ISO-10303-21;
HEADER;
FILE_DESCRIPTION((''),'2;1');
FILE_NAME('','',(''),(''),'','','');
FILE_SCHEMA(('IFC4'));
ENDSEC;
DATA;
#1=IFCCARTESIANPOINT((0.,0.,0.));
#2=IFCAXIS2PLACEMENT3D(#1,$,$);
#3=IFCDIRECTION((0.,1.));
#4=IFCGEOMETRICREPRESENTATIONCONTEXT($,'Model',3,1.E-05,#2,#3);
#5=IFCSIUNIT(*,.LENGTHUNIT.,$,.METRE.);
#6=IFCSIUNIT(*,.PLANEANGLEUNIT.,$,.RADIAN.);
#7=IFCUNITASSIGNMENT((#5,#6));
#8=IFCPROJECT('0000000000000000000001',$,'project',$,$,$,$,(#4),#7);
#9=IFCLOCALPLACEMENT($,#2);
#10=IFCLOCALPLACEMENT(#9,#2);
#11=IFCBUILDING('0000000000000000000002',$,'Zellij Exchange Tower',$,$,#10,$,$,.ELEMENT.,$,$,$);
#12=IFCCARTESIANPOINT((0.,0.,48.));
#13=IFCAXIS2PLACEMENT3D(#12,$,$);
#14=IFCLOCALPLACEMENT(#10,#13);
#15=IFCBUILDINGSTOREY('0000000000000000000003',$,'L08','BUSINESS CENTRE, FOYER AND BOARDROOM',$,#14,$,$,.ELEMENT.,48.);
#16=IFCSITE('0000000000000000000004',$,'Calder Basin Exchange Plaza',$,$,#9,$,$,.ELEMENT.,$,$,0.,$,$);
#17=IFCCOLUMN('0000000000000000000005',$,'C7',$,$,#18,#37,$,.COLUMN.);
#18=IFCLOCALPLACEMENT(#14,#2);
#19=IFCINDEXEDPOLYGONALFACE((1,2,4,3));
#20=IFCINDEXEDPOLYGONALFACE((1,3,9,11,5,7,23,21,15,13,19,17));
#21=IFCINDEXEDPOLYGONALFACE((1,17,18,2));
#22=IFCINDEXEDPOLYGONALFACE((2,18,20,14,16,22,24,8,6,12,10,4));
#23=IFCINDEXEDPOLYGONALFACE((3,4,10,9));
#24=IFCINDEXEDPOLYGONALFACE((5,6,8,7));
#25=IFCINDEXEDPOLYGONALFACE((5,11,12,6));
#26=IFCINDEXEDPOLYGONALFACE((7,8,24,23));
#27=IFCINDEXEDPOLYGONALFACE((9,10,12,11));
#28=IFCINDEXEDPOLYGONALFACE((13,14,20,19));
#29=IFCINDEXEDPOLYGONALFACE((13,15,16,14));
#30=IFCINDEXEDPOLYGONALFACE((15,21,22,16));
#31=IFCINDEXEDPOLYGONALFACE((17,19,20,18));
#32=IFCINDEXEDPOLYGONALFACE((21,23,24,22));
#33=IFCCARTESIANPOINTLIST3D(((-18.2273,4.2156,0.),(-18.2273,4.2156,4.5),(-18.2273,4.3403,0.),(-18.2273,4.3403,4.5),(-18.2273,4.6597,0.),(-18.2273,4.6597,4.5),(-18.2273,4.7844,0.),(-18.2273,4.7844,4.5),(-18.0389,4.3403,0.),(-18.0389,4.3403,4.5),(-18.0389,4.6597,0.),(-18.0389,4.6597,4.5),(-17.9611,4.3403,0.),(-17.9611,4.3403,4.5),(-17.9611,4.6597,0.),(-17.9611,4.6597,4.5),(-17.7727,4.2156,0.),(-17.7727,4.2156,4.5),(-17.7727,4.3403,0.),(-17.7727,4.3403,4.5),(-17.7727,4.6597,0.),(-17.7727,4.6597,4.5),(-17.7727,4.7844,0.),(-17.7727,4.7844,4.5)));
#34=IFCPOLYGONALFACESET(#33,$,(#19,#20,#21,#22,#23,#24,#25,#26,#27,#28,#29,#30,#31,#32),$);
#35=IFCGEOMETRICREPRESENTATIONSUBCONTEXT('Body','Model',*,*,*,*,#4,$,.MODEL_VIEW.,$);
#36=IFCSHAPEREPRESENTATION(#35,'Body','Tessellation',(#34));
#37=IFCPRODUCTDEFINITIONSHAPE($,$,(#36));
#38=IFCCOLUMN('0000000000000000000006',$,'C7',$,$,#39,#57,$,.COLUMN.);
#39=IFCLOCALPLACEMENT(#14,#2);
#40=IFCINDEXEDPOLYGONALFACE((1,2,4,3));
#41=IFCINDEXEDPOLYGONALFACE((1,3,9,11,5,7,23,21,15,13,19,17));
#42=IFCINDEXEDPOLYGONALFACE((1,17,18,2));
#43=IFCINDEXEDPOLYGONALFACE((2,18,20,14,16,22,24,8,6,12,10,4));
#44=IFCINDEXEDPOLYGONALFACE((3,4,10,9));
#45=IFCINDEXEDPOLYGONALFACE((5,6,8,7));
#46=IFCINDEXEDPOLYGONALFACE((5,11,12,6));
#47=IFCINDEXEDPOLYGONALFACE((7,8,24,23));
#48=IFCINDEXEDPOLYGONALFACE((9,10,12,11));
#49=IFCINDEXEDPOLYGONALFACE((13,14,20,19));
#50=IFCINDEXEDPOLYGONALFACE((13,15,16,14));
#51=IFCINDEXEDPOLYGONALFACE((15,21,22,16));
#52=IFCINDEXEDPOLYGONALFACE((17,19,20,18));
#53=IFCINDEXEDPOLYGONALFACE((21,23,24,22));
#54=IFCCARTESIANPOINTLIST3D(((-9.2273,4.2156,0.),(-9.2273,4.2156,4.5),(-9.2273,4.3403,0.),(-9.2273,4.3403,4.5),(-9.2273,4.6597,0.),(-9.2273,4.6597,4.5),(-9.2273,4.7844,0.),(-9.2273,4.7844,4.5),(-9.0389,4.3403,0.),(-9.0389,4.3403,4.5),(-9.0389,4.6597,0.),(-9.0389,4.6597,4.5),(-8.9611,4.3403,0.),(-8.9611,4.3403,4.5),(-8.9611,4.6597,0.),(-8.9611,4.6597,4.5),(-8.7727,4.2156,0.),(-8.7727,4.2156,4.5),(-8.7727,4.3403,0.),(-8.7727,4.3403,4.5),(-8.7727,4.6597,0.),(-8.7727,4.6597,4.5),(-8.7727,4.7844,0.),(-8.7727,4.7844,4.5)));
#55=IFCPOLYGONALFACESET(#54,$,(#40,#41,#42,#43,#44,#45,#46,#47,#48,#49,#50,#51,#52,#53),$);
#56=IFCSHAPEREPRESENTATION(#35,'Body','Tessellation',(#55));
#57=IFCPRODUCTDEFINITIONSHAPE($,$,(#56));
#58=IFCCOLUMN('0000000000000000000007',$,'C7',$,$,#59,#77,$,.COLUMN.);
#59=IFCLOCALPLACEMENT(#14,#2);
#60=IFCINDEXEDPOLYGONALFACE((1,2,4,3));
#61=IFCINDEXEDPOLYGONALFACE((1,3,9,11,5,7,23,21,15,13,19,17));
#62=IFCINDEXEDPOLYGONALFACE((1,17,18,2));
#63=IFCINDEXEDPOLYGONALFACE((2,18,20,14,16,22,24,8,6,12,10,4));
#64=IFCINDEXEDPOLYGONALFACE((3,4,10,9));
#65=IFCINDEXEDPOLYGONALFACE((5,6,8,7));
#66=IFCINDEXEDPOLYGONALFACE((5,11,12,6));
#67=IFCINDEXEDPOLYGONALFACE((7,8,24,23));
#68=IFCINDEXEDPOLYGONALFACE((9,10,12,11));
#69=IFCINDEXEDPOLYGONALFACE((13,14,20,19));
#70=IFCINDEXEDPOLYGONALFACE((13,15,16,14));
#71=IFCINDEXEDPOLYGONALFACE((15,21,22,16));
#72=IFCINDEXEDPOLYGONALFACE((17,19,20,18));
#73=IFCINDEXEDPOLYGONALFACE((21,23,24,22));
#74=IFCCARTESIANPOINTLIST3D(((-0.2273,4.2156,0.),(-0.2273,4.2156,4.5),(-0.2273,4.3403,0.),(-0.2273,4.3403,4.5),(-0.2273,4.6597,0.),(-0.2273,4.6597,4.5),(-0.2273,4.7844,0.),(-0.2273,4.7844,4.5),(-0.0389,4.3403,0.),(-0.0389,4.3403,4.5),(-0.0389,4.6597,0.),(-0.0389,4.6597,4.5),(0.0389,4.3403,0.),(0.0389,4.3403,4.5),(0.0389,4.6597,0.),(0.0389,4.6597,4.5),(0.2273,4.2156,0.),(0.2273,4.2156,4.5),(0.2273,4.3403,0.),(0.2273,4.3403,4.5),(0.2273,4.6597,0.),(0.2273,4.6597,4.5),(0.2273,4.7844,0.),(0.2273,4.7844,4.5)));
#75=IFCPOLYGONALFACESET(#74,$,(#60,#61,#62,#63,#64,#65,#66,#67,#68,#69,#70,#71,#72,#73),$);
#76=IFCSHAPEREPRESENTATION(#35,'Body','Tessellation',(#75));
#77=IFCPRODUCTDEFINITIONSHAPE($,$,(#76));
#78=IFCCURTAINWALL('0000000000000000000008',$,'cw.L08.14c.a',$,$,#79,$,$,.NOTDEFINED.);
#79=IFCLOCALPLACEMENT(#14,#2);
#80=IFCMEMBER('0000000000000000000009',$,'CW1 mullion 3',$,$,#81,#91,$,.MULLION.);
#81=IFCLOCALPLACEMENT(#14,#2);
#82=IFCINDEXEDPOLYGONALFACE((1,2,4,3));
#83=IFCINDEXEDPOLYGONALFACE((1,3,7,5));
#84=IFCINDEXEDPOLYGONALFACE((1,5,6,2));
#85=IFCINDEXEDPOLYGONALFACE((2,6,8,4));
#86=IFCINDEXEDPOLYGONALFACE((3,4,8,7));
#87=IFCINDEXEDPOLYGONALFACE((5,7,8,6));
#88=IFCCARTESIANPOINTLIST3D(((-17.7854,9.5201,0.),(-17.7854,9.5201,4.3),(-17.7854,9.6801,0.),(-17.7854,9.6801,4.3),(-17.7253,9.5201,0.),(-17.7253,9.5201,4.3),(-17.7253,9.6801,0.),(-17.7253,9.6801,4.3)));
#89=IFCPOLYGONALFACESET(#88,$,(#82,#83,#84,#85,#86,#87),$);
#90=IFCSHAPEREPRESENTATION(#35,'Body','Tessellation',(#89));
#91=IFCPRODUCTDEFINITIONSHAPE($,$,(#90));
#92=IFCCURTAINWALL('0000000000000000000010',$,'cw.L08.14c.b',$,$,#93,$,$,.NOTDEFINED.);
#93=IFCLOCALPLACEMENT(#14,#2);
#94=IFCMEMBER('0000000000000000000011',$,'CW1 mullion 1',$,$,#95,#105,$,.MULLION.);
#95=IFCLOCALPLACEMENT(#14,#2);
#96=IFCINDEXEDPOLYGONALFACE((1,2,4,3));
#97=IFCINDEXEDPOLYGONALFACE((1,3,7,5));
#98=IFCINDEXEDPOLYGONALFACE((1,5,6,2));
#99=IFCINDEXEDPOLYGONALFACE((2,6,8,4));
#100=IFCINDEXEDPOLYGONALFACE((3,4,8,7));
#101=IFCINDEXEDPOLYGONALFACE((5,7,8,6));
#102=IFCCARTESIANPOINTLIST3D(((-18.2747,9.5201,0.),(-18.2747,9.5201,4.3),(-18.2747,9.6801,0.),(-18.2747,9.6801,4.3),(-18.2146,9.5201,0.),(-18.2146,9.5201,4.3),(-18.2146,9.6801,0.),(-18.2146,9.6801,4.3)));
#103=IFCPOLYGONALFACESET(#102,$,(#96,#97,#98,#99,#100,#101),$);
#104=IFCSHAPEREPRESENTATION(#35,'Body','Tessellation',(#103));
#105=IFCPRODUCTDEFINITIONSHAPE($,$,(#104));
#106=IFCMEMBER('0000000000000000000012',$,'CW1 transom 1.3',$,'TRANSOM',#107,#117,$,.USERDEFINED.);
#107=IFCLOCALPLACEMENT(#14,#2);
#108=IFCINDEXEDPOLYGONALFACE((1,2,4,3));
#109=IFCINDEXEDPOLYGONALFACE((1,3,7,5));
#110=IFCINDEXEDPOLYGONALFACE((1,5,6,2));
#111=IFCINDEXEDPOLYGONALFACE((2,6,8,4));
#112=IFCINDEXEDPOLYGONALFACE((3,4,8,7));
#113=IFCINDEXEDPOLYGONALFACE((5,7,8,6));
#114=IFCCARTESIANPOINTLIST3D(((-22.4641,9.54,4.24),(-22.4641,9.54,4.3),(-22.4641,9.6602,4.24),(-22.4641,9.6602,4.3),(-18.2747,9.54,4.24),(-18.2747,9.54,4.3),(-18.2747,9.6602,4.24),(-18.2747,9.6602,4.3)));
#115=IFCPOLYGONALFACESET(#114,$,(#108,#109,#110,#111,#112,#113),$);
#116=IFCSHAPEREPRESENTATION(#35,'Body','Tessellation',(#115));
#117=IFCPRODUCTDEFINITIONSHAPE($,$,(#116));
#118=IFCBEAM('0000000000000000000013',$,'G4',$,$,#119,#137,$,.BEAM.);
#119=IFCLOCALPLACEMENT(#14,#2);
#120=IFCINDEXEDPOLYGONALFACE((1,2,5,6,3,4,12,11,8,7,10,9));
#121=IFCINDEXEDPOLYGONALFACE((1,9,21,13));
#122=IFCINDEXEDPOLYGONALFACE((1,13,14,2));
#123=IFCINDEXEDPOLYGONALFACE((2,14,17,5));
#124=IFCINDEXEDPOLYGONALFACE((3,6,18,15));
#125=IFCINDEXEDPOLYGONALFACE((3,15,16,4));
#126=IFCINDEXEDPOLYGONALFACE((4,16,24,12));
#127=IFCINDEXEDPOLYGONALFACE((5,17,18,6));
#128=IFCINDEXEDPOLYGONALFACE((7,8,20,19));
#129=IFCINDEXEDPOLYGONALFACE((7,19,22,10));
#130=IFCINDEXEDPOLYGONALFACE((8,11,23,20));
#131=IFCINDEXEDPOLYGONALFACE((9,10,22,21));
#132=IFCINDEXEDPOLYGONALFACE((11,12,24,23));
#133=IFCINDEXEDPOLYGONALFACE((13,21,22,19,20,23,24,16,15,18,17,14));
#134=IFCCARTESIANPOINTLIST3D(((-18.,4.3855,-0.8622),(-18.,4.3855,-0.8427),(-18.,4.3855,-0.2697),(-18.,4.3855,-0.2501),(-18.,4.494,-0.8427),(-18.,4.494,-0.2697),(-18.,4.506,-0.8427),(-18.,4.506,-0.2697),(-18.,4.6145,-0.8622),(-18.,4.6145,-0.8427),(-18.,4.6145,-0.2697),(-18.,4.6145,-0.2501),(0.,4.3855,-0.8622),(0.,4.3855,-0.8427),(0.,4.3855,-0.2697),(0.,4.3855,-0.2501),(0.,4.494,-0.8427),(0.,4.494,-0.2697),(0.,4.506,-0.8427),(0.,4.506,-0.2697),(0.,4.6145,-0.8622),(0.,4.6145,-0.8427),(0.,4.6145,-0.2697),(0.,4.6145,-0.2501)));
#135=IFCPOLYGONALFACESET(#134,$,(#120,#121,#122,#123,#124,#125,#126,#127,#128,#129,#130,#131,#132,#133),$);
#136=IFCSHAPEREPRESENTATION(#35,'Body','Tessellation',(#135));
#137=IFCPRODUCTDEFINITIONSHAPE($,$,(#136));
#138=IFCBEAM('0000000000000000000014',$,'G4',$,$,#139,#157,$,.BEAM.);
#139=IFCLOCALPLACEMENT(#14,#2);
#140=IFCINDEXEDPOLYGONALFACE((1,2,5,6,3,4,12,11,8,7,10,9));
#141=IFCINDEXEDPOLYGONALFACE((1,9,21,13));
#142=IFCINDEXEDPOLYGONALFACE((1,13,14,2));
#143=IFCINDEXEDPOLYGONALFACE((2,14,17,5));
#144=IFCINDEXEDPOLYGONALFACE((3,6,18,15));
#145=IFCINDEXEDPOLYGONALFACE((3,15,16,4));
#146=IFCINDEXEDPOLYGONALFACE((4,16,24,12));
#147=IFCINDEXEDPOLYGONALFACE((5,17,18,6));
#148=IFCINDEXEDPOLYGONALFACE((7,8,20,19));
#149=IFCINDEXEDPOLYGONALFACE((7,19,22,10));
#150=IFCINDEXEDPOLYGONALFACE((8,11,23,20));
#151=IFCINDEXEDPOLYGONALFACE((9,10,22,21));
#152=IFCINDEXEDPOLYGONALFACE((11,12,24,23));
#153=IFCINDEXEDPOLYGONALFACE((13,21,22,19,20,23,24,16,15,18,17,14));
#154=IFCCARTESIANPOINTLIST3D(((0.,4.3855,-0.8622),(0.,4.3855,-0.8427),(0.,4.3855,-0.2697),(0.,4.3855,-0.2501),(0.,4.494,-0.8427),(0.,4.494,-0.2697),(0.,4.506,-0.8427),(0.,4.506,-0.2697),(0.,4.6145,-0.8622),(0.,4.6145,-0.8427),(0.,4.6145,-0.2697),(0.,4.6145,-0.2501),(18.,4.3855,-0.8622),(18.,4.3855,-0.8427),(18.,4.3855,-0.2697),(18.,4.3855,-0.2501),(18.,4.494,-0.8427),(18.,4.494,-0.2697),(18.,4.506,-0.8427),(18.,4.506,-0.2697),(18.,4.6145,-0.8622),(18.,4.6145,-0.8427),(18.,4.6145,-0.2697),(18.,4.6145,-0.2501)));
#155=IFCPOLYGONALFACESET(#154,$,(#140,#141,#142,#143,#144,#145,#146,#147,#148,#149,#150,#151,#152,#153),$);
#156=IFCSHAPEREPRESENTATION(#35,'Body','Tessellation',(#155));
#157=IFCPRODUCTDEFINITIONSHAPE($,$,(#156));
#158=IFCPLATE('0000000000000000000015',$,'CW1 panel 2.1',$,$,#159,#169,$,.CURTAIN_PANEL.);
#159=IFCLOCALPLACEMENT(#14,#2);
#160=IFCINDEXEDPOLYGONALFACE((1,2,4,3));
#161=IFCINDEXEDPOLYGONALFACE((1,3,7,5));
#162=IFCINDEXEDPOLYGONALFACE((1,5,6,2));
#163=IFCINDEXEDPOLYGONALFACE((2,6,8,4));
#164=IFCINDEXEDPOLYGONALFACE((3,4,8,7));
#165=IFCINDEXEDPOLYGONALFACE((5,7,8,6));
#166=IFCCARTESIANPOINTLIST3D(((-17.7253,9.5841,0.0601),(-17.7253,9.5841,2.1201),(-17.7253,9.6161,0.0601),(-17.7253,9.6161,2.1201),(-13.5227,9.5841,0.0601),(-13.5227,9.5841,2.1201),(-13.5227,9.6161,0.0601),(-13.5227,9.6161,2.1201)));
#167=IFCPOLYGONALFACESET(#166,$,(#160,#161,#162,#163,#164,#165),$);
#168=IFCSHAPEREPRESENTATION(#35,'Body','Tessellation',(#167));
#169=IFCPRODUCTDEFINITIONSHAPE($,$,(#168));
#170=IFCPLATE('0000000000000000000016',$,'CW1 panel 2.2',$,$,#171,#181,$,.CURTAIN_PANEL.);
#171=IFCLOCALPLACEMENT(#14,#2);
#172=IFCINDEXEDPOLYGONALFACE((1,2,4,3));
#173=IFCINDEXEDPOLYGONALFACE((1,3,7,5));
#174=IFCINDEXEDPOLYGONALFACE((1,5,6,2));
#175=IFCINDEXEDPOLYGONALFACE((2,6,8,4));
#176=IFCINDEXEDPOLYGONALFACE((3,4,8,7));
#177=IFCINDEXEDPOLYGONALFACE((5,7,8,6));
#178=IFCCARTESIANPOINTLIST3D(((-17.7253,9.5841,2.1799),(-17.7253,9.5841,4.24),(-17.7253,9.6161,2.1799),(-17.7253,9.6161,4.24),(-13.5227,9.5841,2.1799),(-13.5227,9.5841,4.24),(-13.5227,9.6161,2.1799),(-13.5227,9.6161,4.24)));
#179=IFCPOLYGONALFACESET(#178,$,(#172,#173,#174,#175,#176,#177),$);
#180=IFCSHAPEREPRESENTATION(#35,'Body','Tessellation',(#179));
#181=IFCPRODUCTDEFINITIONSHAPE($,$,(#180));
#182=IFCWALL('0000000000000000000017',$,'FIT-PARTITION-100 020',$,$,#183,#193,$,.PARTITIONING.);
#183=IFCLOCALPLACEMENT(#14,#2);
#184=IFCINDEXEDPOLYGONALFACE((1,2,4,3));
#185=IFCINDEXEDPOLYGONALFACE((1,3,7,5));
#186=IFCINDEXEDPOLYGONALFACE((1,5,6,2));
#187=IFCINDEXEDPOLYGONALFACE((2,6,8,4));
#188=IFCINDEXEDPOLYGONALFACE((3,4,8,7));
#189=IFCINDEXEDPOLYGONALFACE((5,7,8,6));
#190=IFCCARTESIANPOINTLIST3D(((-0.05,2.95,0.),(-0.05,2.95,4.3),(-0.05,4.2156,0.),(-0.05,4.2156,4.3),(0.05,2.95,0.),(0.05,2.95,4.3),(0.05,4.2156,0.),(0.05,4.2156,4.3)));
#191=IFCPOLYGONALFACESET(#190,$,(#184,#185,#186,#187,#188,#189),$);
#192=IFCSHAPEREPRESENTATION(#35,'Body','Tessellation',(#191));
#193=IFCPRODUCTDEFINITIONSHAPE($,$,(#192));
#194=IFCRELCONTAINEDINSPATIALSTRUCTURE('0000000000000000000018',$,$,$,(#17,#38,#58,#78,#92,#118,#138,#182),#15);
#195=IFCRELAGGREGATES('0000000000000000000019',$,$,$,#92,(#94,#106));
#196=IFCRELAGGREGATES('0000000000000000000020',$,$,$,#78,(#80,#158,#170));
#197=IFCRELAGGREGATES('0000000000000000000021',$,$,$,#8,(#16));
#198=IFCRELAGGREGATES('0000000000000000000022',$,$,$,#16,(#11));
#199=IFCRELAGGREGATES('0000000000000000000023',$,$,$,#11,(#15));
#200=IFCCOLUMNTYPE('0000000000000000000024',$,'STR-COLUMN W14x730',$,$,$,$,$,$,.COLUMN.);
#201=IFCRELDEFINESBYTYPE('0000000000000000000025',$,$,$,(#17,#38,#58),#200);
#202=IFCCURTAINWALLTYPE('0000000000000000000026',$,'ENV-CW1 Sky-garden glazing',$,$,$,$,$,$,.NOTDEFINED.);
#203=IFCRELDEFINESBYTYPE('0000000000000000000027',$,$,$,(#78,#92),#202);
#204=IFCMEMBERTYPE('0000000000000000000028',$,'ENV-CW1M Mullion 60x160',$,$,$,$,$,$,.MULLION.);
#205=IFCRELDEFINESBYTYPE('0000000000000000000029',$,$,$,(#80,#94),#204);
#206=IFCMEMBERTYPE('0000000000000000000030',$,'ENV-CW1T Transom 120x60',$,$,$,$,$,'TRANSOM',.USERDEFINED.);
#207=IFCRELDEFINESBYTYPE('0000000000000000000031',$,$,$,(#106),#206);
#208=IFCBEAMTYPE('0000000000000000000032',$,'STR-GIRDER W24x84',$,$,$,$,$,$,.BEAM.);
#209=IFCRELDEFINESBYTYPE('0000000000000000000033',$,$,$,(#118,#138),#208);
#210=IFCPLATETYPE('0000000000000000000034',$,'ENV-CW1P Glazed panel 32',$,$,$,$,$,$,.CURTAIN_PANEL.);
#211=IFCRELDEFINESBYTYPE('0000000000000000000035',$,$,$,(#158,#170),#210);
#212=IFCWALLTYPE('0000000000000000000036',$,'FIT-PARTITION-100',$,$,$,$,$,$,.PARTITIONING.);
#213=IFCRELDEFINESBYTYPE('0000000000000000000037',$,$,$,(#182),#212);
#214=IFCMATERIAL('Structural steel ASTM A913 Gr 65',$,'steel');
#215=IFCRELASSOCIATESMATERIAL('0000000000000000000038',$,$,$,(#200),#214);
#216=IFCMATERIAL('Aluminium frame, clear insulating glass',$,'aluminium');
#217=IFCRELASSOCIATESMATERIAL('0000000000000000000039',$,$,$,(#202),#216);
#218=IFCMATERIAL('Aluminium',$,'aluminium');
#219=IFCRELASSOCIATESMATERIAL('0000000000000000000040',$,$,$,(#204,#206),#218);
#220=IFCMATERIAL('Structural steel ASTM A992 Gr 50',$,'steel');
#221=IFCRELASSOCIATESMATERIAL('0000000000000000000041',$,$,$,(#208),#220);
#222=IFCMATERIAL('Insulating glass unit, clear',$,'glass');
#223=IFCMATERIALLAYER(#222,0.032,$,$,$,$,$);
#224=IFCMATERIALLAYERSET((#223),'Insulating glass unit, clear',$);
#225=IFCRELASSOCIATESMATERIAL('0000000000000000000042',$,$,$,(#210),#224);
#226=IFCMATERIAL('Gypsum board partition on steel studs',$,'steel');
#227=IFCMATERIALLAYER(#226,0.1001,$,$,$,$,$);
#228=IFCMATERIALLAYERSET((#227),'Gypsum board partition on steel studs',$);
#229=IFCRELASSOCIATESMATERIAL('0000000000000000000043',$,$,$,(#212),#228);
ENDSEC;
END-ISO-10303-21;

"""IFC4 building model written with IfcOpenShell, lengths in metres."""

from ifc_helpers import new_model, si_unit, direction, frame, frame_2d, origin, origin_2d, place, context, subcontext, project, spatial, rectangle, i_section, extrude, material, layer, layer_set, material_profile, profile_set, type_object, element, aggregate, save


model = new_model("IFC4")

# Units and contexts
model_context = context("Model", 3, precision=1e-05, world=origin(), true_north=direction((0.0, 1.0)))
body_context = subcontext(model_context, "Body", "Model", "MODEL_VIEW")
ifc_project = project(units=[si_unit("LENGTHUNIT", "METRE"), si_unit("PLANEANGLEUNIT", "RADIAN")], contexts=[model_context])

# Site, building, storey
site_placement = place(None, origin())
site = spatial("IfcSite", under=ifc_project, at=site_placement, Name="Calder Basin Exchange Plaza", CompositionType="ELEMENT", RefElevation=0.0)
building_placement = place(site_placement, origin())
building = spatial("IfcBuilding", under=site, at=building_placement, Name="Zellij Exchange Tower", CompositionType="ELEMENT")
storey_placement = place(building_placement, frame((0.0, 0.0, 48.0)))
storey = spatial("IfcBuildingStorey", under=building, at=storey_placement, Name="L08", Description="BUSINESS CENTRE, FOYER AND BOARDROOM", CompositionType="ELEMENT", Elevation=48.0)

# Columns
ifc_material_1 = material(Name="Structural steel ASTM A913 Gr 65", Category="steel")
ifc_material_profile_1 = material_profile(ifc_material_1, i_section(OverallWidth=0.4546, OverallDepth=0.5688, WebThickness=0.0779, FlangeThickness=0.1248, at=origin_2d()), Name="W14x730")
ifc_profile_set_1 = profile_set([ifc_material_profile_1], Name="Structural steel ASTM A913 Gr 65")
column_type = type_object("IfcColumnType", Name="STR-COLUMN W14x730", PredefinedType="COLUMN", material=ifc_profile_set_1)
for number, where, z_axis, x_axis, name in (
    (1, (-18.0, 4.5, 0.0), (0.0, 0.0, 1.0), (1.0, 0.0, 0.0), "C7"),
    (2, (-9.0, 4.5, 0.0), (0.0, 0.0, 1.0), (1.0, 0.0, 0.0), "C7"),
    (3, (0.0, 4.5, 0.0), (0.0, 0.0, 1.0), (1.0, 0.0, 0.0), "C7"),
):
    element("IfcColumn", number, at=place(storey_placement, frame(where, z_axis=z_axis, x_axis=x_axis)), inside=storey, type_object=column_type, Name=name, PredefinedType="COLUMN", context=body_context, shape_type="SweptSolid", body=[
        extrude(i_section(OverallWidth=0.4546, OverallDepth=0.5688, WebThickness=0.0779, FlangeThickness=0.1248, at=origin_2d()), origin(), (0.0, 0.0, 1.0), 4.5),
    ])

# Curtain wall, member
ifc_material_2 = material(Name="Aluminium frame, clear insulating glass", Category="aluminium")
curtain_wall_type = type_object("IfcCurtainWallType", Name="ENV-CW1 Sky-garden glazing", PredefinedType="NOTDEFINED", material=ifc_material_2)
curtain_wall_1_placement = place(storey_placement, origin())
curtain_wall_1 = element("IfcCurtainWall", 4, at=curtain_wall_1_placement, inside=storey, type_object=curtain_wall_type, Name="cw.L08.14c.a", PredefinedType="NOTDEFINED")
ifc_material_3 = material(Name="Aluminium", Category="aluminium")
ifc_material_profile_2 = material_profile(ifc_material_3, rectangle(XDim=0.0601, YDim=0.1599, at=origin_2d()), Name="AL 60x160")
ifc_profile_set_2 = profile_set([ifc_material_profile_2], Name="Aluminium")
member_type_1 = type_object("IfcMemberType", Name="ENV-CW1M Mullion 60x160", PredefinedType="MULLION", material=ifc_profile_set_2)
member_1_placement = place(storey_placement, frame((-17.7554, 9.6001, 0.0), z_axis=(0.0, 0.0, 1.0), x_axis=(-1.0, 0.0, 0.0)))
member_1 = element("IfcMember", 5, at=member_1_placement, type_object=member_type_1, Name="CW1 mullion 3", PredefinedType="MULLION", context=body_context, shape_type="SweptSolid", body=[
    extrude(rectangle(XDim=0.0601, YDim=0.1599, at=origin_2d()), origin(), (0.0, 0.0, 1.0), 4.3),
])

# Curtain wall, members
curtain_wall_2_placement = place(storey_placement, origin())
curtain_wall_2 = element("IfcCurtainWall", 6, at=curtain_wall_2_placement, inside=storey, type_object=curtain_wall_type, Name="cw.L08.14c.b", PredefinedType="NOTDEFINED")
member_2_placement = place(storey_placement, frame((-18.2446, 9.6001, 0.0), z_axis=(0.0, 0.0, 1.0), x_axis=(-1.0, 0.0, 0.0)))
member_2 = element("IfcMember", 7, at=member_2_placement, type_object=member_type_1, Name="CW1 mullion 1", PredefinedType="MULLION", context=body_context, shape_type="SweptSolid", body=[
    extrude(rectangle(XDim=0.0601, YDim=0.1599, at=origin_2d()), origin(), (0.0, 0.0, 1.0), 4.3),
])
ifc_material_profile_3 = material_profile(ifc_material_3, rectangle(XDim=0.1201, YDim=0.0601, at=origin_2d()), Name="AL 120x60")
ifc_profile_set_3 = profile_set([ifc_material_profile_3], Name="Aluminium")
member_type_2 = type_object("IfcMemberType", Name="ENV-CW1T Transom 120x60", ElementType="TRANSOM", PredefinedType="USERDEFINED", material=ifc_profile_set_3)
member_3_placement = place(storey_placement, frame((-18.2747, 9.6001, 4.27), z_axis=(-1.0, 0.0, 0.0), x_axis=(0.0, -1.0, 0.0)))
member_3 = element("IfcMember", 8, at=member_3_placement, type_object=member_type_2, Name="CW1 transom 1.3", ObjectType="TRANSOM", PredefinedType="USERDEFINED", context=body_context, shape_type="SweptSolid", body=[
    extrude(rectangle(XDim=0.1201, YDim=0.0601, at=origin_2d()), origin(), (0.0, 0.0, 1.0), 4.1895),
])
aggregate(curtain_wall_2, [member_2, member_3])

# Beams
ifc_material_4 = material(Name="Structural steel ASTM A992 Gr 50", Category="steel")
ifc_material_profile_4 = material_profile(ifc_material_4, i_section(OverallWidth=0.229, OverallDepth=0.6121, WebThickness=0.012, FlangeThickness=0.0195, at=origin_2d()), Name="W24x84")
ifc_profile_set_4 = profile_set([ifc_material_profile_4], Name="Structural steel ASTM A992 Gr 50")
beam_type = type_object("IfcBeamType", Name="STR-GIRDER W24x84", PredefinedType="BEAM", material=ifc_profile_set_4)
for number, where, z_axis, x_axis, name in (
    (9, (-18.0, 4.5, -0.5562), (1.0, 0.0, 0.0), (0.0, 1.0, 0.0), "G4"),
    (10, (0.0, 4.5, -0.5562), (1.0, 0.0, 0.0), (0.0, 1.0, 0.0), "G4"),
):
    element("IfcBeam", number, at=place(storey_placement, frame(where, z_axis=z_axis, x_axis=x_axis)), inside=storey, type_object=beam_type, Name=name, PredefinedType="BEAM", context=body_context, shape_type="SweptSolid", body=[
        extrude(i_section(OverallWidth=0.229, OverallDepth=0.6121, WebThickness=0.012, FlangeThickness=0.0195, at=origin_2d()), origin(), (0.0, 0.0, 1.0), 18.0),
    ])

# Plates
ifc_material_5 = material(Name="Insulating glass unit, clear", Category="glass")
ifc_layer_1 = layer(ifc_material_5, 0.032)
ifc_layer_set_1 = layer_set([ifc_layer_1], Name="Insulating glass unit, clear")
plate_type = type_object("IfcPlateType", Name="ENV-CW1P Glazed panel 32", PredefinedType="CURTAIN_PANEL", material=ifc_layer_set_1)
plate_1_placement = place(storey_placement, frame((-15.624, 9.6001, 0.0601), z_axis=(0.0, 0.0, 1.0), x_axis=(-1.0, 0.0, 0.0)))
plate_1 = element("IfcPlate", 11, at=plate_1_placement, type_object=plate_type, Name="CW1 panel 2.1", PredefinedType="CURTAIN_PANEL", context=body_context, shape_type="SweptSolid", body=[
    extrude(rectangle(XDim=4.2026, YDim=0.032, at=origin_2d()), origin(), (0.0, 0.0, 1.0), 2.0601),
])
plate_2_placement = place(storey_placement, frame((-15.624, 9.6001, 2.1799), z_axis=(0.0, 0.0, 1.0), x_axis=(-1.0, 0.0, 0.0)))
plate_2 = element("IfcPlate", 12, at=plate_2_placement, type_object=plate_type, Name="CW1 panel 2.2", PredefinedType="CURTAIN_PANEL", context=body_context, shape_type="SweptSolid", body=[
    extrude(rectangle(XDim=4.2026, YDim=0.032, at=origin_2d()), origin(), (0.0, 0.0, 1.0), 2.0601),
])
aggregate(curtain_wall_1, [member_1, plate_1, plate_2])

# Wall
ifc_material_6 = material(Name="Gypsum board partition on steel studs", Category="steel")
ifc_layer_2 = layer(ifc_material_6, 0.1001)
ifc_layer_set_2 = layer_set([ifc_layer_2], Name="Gypsum board partition on steel studs")
wall_type = type_object("IfcWallType", Name="FIT-PARTITION-100", PredefinedType="PARTITIONING", material=ifc_layer_set_2)
wall_1_placement = place(storey_placement, frame((0.0, 2.95, 0.0), z_axis=(0.0, 0.0, 1.0), x_axis=(0.0, 1.0, 0.0)))
element("IfcWall", 13, at=wall_1_placement, inside=storey, type_object=wall_type, Name="FIT-PARTITION-100 020", PredefinedType="PARTITIONING", context=body_context, shape_type="SweptSolid", body=[
    extrude(rectangle(XDim=1.2656, YDim=0.1001, at=frame_2d((0.6328, 0.0))), origin(), (0.0, 0.0, 1.0), 4.3),
])

save(model, "model.ifc")
